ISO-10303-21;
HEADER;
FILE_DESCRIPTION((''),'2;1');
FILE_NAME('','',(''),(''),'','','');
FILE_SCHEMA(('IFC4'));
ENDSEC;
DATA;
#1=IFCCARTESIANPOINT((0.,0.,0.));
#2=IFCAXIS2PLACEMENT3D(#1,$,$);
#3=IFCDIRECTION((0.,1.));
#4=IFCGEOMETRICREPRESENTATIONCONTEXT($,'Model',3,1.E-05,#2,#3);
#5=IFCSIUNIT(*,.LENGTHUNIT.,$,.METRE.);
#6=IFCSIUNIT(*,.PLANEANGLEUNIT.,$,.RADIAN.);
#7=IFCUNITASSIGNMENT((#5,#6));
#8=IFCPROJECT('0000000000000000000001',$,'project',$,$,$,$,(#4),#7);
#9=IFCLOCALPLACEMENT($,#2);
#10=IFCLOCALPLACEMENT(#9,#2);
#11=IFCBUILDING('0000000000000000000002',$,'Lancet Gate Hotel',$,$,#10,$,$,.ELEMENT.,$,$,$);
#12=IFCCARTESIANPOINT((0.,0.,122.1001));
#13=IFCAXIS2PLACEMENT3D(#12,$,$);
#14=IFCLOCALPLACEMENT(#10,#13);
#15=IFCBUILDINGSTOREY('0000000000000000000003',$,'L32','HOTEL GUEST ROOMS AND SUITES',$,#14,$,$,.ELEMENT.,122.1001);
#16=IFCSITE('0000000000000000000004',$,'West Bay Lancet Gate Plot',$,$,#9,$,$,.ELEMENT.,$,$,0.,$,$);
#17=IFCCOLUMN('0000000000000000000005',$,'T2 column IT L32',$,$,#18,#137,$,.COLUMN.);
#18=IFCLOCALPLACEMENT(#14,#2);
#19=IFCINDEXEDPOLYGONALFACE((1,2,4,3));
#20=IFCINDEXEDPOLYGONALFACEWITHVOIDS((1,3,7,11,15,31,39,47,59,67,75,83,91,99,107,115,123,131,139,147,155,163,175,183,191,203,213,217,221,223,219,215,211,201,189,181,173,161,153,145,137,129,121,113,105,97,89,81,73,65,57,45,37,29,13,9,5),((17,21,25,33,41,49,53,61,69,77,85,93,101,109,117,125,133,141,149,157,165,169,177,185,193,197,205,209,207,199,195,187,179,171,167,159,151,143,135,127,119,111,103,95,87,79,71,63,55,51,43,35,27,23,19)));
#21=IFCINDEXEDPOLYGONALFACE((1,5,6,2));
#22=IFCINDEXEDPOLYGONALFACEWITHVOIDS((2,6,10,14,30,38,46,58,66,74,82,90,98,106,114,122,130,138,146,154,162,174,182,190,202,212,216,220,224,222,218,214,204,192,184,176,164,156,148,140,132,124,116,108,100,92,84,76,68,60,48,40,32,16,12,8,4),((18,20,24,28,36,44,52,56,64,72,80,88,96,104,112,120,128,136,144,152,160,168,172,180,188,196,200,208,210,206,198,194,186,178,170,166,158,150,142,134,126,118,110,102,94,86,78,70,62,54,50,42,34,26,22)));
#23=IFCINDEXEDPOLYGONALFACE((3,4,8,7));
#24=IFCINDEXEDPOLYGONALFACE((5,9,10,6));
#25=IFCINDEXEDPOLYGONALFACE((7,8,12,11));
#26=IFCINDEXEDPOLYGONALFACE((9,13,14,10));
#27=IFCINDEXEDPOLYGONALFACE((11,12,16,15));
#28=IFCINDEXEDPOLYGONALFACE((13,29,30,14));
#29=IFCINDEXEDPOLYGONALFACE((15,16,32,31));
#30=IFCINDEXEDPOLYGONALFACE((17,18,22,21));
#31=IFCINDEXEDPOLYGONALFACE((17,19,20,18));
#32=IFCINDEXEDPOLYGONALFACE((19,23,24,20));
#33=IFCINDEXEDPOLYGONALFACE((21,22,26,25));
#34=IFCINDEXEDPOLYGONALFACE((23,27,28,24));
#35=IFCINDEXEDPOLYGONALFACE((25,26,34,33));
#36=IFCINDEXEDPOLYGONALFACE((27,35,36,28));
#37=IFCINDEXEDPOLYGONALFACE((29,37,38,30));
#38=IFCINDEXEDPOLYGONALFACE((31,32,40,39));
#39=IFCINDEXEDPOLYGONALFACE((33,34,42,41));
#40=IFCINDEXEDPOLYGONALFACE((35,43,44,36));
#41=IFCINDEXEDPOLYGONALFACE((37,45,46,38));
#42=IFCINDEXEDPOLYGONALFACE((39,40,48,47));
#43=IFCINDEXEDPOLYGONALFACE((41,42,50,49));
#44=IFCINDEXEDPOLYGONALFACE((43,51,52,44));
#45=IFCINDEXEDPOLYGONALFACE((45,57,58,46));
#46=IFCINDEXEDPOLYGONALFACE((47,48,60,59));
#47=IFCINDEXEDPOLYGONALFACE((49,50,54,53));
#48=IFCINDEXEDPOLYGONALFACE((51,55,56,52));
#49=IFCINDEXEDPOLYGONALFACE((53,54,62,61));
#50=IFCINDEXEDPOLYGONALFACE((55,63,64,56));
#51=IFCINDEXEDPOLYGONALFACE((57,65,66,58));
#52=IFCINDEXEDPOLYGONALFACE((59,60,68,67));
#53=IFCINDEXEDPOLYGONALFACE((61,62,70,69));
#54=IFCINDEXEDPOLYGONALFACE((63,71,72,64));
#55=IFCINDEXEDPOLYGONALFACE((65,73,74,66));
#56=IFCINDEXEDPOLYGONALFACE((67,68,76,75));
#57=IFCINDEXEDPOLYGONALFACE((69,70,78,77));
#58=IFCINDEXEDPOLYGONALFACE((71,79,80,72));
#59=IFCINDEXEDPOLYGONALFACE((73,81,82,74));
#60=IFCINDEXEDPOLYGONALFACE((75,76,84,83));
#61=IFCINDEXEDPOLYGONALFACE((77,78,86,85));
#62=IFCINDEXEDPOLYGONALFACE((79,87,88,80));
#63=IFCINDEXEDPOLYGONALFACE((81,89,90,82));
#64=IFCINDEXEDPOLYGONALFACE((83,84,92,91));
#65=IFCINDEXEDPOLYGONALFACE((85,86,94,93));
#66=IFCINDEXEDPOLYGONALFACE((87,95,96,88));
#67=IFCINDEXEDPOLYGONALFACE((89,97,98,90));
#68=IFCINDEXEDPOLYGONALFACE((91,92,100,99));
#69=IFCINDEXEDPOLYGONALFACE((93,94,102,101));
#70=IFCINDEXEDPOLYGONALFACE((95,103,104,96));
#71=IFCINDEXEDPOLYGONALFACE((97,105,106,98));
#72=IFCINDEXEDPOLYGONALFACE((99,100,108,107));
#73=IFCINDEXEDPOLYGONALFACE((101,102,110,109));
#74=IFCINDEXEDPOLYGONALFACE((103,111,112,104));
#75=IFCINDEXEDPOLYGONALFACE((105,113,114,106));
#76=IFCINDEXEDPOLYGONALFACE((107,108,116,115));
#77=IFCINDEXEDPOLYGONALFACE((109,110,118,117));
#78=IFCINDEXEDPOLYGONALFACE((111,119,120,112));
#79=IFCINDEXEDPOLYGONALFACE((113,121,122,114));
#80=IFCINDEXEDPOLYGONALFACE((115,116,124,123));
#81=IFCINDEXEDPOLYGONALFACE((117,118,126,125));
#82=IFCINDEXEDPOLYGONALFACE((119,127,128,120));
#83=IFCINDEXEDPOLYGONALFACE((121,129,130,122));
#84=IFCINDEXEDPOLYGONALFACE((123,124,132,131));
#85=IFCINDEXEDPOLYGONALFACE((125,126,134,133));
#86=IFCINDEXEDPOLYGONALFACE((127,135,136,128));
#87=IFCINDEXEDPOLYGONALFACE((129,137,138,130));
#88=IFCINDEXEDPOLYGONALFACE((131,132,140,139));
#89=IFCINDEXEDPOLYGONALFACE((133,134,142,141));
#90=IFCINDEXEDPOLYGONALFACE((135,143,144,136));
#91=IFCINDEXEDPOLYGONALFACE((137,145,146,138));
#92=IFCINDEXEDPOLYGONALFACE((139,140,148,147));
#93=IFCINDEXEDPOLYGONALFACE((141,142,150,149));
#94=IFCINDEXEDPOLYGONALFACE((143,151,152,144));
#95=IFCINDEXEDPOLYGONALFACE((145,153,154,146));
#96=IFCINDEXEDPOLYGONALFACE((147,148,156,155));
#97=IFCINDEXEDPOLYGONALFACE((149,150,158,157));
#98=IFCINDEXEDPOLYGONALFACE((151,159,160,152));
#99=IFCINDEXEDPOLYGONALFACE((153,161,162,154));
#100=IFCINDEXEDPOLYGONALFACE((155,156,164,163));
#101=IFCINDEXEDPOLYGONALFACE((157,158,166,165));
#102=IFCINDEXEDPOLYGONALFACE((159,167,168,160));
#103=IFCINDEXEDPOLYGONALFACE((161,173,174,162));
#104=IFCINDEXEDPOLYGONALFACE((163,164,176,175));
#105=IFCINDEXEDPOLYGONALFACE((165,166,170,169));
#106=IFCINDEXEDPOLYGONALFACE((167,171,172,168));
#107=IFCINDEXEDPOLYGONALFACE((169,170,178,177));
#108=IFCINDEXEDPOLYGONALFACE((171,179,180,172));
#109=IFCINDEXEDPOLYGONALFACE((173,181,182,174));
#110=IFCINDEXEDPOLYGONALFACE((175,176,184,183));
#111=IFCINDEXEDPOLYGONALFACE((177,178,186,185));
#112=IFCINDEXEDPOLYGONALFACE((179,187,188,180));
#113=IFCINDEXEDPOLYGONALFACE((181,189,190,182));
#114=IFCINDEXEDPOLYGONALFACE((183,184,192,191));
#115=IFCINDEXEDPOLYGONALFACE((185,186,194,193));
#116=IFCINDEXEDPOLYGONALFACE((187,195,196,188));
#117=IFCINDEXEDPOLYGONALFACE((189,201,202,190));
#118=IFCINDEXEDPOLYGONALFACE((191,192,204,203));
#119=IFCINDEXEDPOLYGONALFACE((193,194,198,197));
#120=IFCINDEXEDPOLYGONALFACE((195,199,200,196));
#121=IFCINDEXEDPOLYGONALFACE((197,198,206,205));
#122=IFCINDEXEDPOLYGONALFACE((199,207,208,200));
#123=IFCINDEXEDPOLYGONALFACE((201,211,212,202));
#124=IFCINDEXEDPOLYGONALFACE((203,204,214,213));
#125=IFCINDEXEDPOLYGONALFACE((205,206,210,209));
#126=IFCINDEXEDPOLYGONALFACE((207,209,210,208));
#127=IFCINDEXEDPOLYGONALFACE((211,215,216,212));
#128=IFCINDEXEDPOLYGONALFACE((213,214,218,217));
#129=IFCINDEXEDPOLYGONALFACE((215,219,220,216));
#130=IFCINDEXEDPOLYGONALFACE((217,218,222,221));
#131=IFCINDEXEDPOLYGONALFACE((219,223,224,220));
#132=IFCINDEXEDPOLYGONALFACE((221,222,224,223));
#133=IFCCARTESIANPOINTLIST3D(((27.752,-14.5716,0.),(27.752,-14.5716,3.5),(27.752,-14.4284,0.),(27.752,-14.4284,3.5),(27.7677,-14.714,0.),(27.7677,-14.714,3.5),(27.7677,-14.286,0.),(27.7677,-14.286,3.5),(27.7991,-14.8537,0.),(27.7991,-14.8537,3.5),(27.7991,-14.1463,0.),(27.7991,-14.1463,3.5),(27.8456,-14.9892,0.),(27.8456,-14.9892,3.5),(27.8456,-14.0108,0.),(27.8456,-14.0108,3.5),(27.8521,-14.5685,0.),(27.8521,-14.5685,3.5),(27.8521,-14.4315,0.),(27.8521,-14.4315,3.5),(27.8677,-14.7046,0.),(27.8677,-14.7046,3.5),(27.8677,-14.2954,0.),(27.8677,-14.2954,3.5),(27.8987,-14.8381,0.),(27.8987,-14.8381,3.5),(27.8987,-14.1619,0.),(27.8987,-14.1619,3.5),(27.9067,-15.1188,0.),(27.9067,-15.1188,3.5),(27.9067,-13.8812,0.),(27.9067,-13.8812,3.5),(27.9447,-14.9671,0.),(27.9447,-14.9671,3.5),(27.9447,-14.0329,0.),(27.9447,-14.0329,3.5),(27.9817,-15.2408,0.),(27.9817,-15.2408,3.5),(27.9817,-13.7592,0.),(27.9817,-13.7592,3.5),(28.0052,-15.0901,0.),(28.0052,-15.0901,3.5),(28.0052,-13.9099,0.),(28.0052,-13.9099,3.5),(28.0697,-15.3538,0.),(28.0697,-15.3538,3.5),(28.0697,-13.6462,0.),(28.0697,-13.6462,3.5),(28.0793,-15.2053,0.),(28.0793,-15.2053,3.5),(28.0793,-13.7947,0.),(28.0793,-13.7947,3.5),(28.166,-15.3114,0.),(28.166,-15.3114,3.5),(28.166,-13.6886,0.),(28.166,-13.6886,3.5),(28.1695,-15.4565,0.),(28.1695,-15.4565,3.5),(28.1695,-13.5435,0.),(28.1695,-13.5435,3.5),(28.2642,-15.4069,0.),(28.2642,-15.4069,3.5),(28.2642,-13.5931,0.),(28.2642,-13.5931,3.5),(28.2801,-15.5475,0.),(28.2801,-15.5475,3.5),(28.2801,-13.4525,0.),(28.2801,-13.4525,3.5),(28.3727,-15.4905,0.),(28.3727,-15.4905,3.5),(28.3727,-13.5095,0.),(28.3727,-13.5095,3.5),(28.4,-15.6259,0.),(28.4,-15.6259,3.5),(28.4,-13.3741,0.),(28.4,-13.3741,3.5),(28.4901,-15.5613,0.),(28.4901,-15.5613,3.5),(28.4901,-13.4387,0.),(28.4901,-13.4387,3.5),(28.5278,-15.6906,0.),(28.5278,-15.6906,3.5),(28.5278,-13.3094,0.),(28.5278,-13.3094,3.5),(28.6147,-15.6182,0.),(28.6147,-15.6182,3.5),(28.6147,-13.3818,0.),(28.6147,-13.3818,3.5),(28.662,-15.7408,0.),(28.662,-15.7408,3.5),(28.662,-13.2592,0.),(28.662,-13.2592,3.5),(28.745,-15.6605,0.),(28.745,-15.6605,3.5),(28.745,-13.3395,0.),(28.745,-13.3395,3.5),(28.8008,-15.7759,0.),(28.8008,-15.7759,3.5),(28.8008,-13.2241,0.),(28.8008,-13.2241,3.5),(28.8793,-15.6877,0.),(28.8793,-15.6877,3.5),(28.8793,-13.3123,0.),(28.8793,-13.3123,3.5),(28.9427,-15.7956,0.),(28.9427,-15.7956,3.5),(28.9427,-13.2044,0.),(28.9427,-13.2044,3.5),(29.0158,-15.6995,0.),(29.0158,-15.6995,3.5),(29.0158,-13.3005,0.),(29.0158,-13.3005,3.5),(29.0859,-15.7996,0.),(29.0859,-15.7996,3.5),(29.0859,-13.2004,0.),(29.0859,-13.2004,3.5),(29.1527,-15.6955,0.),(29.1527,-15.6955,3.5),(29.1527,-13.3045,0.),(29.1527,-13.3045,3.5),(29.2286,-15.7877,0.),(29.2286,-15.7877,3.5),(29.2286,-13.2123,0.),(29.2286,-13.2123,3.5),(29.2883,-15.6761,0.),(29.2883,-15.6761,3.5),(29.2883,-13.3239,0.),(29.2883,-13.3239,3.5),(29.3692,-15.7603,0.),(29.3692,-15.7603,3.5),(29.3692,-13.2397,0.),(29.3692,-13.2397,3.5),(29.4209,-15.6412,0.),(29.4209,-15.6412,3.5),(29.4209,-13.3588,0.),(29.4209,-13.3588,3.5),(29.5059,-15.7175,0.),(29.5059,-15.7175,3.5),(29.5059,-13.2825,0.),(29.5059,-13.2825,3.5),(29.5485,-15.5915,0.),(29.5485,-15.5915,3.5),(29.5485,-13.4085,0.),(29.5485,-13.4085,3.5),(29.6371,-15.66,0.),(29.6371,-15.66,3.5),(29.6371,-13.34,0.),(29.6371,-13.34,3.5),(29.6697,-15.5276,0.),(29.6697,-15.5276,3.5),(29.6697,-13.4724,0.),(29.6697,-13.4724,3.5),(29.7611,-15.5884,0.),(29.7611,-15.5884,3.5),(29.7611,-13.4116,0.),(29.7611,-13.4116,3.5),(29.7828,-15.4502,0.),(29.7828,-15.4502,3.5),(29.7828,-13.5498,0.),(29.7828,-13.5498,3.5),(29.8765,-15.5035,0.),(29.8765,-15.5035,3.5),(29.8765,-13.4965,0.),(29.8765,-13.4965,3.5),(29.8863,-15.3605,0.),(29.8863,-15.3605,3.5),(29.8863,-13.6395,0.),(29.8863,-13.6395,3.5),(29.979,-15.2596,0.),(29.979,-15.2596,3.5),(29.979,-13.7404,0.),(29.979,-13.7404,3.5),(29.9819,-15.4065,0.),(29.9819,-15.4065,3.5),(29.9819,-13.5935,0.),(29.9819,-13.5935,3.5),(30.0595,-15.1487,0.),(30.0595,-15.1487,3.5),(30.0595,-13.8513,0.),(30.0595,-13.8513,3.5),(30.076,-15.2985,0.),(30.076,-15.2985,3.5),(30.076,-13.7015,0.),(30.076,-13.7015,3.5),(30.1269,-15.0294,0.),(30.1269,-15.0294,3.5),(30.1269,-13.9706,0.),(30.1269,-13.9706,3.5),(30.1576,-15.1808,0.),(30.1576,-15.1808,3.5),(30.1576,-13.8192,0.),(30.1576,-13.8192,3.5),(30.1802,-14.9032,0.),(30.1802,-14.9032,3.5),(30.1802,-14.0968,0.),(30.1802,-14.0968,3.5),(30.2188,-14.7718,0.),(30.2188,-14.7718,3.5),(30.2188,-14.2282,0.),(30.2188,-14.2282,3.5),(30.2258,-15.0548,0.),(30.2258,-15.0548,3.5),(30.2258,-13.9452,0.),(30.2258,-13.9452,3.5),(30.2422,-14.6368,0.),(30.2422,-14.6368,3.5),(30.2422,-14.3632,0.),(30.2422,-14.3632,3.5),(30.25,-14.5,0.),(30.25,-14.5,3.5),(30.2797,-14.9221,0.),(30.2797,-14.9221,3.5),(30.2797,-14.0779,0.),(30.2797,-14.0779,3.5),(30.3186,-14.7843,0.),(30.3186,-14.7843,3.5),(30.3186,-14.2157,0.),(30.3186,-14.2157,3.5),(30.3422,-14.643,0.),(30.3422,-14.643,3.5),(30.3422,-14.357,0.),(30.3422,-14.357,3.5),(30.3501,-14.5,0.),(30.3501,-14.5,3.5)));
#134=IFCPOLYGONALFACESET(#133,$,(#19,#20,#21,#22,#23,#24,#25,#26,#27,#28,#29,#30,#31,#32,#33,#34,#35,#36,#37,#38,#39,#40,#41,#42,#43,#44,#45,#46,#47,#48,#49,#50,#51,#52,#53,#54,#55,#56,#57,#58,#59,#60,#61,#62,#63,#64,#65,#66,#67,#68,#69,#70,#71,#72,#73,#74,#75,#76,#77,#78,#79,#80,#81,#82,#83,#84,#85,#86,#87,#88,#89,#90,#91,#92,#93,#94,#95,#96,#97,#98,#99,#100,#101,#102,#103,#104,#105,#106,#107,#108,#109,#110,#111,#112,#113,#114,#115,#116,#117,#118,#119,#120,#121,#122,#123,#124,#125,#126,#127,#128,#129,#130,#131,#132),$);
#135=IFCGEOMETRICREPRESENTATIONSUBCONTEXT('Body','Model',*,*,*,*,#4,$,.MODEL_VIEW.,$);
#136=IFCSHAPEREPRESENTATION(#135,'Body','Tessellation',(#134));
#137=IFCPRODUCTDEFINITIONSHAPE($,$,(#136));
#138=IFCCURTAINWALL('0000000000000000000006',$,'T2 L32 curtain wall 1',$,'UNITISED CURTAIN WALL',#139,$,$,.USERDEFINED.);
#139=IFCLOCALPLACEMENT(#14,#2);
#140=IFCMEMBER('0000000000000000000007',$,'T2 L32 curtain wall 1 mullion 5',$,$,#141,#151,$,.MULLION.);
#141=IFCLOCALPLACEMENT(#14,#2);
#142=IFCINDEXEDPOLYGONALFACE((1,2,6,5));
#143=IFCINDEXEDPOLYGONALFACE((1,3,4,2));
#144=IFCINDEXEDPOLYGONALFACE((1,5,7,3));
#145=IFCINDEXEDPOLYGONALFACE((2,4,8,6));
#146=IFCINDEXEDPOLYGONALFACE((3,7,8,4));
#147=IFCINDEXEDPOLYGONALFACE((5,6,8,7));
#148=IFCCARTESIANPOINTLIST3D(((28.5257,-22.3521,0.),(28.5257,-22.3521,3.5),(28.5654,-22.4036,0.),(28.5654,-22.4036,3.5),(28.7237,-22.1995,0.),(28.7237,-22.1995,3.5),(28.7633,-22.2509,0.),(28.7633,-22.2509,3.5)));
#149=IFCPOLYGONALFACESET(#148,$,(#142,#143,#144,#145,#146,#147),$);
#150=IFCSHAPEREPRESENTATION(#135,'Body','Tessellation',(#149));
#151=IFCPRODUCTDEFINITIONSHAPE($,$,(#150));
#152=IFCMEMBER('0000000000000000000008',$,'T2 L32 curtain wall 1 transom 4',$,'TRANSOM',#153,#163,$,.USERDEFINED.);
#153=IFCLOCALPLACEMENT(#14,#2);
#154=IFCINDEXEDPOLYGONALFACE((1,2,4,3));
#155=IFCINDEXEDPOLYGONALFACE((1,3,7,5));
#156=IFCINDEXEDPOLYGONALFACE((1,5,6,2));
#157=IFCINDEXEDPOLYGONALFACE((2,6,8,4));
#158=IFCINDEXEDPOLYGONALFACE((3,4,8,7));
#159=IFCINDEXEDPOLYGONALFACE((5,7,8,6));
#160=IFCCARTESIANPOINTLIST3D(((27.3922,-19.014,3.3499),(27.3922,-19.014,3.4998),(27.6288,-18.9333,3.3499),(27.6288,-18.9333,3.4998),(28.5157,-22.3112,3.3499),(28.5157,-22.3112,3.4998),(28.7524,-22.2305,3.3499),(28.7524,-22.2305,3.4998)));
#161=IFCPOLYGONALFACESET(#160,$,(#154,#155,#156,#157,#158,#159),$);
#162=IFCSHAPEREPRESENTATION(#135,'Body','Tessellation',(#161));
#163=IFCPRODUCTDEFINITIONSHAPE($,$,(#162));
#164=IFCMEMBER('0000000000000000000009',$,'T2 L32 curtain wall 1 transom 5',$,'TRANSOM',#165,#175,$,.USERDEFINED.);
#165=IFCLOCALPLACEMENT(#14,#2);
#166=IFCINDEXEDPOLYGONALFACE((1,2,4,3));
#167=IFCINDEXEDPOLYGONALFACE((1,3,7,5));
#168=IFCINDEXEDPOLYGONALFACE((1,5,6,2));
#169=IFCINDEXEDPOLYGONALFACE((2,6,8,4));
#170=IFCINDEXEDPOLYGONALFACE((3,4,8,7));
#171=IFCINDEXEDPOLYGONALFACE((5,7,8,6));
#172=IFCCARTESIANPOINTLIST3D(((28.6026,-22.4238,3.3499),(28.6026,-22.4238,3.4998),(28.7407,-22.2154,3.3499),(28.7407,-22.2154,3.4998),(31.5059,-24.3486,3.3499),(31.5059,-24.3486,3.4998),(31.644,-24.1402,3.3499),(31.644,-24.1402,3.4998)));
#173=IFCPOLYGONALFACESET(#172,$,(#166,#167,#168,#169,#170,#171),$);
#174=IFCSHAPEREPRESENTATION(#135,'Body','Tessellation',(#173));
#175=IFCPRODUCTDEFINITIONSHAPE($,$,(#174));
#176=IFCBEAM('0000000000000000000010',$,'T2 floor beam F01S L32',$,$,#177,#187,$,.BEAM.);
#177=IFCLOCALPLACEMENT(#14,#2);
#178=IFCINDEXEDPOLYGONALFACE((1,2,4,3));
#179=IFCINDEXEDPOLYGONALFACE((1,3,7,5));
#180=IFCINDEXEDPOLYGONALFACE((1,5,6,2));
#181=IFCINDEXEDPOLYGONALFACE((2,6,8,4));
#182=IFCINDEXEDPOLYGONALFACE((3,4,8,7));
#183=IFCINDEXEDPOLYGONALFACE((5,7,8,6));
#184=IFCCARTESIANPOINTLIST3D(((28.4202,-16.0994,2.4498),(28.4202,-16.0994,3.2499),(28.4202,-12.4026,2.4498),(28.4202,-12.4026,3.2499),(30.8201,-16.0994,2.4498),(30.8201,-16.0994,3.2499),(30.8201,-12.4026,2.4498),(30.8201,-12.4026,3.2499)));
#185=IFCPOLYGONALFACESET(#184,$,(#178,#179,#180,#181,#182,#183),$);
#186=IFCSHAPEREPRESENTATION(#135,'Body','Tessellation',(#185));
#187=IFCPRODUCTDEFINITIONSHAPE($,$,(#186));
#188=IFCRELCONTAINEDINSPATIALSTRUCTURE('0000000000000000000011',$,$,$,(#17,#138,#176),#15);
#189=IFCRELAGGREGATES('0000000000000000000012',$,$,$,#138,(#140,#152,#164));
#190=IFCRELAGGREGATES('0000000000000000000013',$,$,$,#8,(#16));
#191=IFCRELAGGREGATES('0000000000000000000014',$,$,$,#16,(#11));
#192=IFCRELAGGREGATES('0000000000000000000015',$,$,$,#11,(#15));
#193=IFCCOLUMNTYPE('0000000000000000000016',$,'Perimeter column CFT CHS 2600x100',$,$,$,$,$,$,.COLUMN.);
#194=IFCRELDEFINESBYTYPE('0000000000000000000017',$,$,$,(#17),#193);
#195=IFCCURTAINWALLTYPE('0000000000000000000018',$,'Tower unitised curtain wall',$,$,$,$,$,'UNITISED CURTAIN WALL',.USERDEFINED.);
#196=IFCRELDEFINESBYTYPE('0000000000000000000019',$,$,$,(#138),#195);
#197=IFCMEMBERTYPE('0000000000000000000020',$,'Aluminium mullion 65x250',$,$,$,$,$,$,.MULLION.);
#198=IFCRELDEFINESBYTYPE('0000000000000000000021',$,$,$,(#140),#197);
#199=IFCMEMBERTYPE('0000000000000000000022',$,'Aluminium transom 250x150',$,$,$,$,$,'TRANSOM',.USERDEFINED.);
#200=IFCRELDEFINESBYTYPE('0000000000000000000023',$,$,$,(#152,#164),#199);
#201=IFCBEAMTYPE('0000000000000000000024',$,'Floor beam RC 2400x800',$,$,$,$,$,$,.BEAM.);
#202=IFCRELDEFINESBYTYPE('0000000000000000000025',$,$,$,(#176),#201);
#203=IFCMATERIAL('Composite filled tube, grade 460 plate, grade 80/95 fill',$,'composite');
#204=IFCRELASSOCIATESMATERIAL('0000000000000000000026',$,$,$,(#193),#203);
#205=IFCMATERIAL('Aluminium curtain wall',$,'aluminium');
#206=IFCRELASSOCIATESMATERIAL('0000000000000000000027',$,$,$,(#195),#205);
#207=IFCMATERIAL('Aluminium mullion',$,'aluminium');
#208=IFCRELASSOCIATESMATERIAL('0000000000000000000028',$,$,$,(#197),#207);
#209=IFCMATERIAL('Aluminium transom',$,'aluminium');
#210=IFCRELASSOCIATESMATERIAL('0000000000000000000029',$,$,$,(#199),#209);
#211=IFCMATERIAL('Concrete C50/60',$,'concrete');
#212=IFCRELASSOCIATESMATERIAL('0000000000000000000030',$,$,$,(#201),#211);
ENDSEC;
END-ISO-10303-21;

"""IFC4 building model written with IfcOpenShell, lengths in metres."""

from ifc_helpers import new_model, si_unit, direction, frame, origin, origin_2d, place, context, subcontext, project, spatial, rectangle, hollow_circle, extrude, material, material_profile, profile_set, type_object, element, aggregate, save


model = new_model("IFC4")

# Units and contexts
model_context = context("Model", 3, precision=1e-05, world=origin(), true_north=direction((0.0, 1.0)))
body_context = subcontext(model_context, "Body", "Model", "MODEL_VIEW")
ifc_project = project(units=[si_unit("LENGTHUNIT", "METRE"), si_unit("PLANEANGLEUNIT", "RADIAN")], contexts=[model_context])

# Site, building, storey
site_placement = place(None, origin())
site = spatial("IfcSite", under=ifc_project, at=site_placement, Name="West Bay Lancet Gate Plot", CompositionType="ELEMENT", RefElevation=0.0)
building_placement = place(site_placement, origin())
building = spatial("IfcBuilding", under=site, at=building_placement, Name="Lancet Gate Hotel", CompositionType="ELEMENT")
storey_placement = place(building_placement, frame((0.0, 0.0, 122.1001)))
storey = spatial("IfcBuildingStorey", under=building, at=storey_placement, Name="L32", Description="HOTEL GUEST ROOMS AND SUITES", CompositionType="ELEMENT", Elevation=122.1001)

# Column
ifc_material_1 = material(Name="Composite filled tube, grade 460 plate, grade 80/95 fill", Category="composite")
ifc_material_profile_1 = material_profile(ifc_material_1, hollow_circle(Radius=1.3, WallThickness=0.1001, at=origin_2d()), Name="CHS 2600x100")
ifc_profile_set_1 = profile_set([ifc_material_profile_1], Name="Composite filled tube, grade 460 plate, grade 80/95 fill")
column_type = type_object("IfcColumnType", Name="Perimeter column CFT CHS 2600x100", PredefinedType="COLUMN", material=ifc_profile_set_1)
for number, where, z_axis, x_axis, name in (
    (1, (29.05, -14.5, 0.0), (0.0, 0.0, 1.0), (1.0, 0.0, 0.0), "T2 column IT L32"),
):
    element("IfcColumn", number, at=place(storey_placement, frame(where, z_axis=z_axis, x_axis=x_axis)), inside=storey, type_object=column_type, Name=name, PredefinedType="COLUMN", context=body_context, shape_type="SweptSolid", body=[
        extrude(hollow_circle(Radius=1.3, WallThickness=0.1001, at=origin_2d()), origin(), (0.0, 0.0, 1.0), 3.5),
    ])

# Curtain wall, members
ifc_material_2 = material(Name="Aluminium curtain wall", Category="aluminium")
curtain_wall_type = type_object("IfcCurtainWallType", Name="Tower unitised curtain wall", ElementType="UNITISED CURTAIN WALL", PredefinedType="USERDEFINED", material=ifc_material_2)
curtain_wall_placement = place(storey_placement, origin())
curtain_wall = element("IfcCurtainWall", 2, at=curtain_wall_placement, inside=storey, type_object=curtain_wall_type, Name="T2 L32 curtain wall 1", ObjectType="UNITISED CURTAIN WALL", PredefinedType="USERDEFINED")
ifc_material_3 = material(Name="Aluminium mullion", Category="aluminium")
ifc_material_profile_2 = material_profile(ifc_material_3, rectangle(XDim=0.0649, YDim=0.25, at=origin_2d()), Name="MULLION 65x250")
ifc_profile_set_2 = profile_set([ifc_material_profile_2], Name="Aluminium mullion")
member_type_1 = type_object("IfcMemberType", Name="Aluminium mullion 65x250", PredefinedType="MULLION", material=ifc_profile_set_2)
member_1_placement = place(storey_placement, frame((28.6445, -22.3015, 0.0), z_axis=(0.0, 0.0, 1.0), x_axis=(0.610664, -0.79189, 0.0)))
member_1 = element("IfcMember", 3, at=member_1_placement, type_object=member_type_1, Name="T2 L32 curtain wall 1 mullion 5", PredefinedType="MULLION", context=body_context, shape_type="SweptSolid", body=[
    extrude(rectangle(XDim=0.0649, YDim=0.25, at=origin_2d()), origin(), (0.0, 0.0, 1.0), 3.5),
])
ifc_material_4 = material(Name="Aluminium transom", Category="aluminium")
ifc_material_profile_3 = material_profile(ifc_material_4, rectangle(XDim=0.25, YDim=0.1499, at=origin_2d()), Name="TRANSOM 250x150")
ifc_profile_set_3 = profile_set([ifc_material_profile_3], Name="Aluminium transom")
member_type_2 = type_object("IfcMemberType", Name="Aluminium transom 250x150", ElementType="TRANSOM", PredefinedType="USERDEFINED", material=ifc_profile_set_3)
member_2_placement = place(storey_placement, frame((27.5105, -18.9736, 3.4248), z_axis=(0.32255, -0.946553, 0.0), x_axis=(0.946553, 0.32255, 0.0)))
member_2 = element("IfcMember", 4, at=member_2_placement, type_object=member_type_2, Name="T2 L32 curtain wall 1 transom 4", ObjectType="TRANSOM", PredefinedType="USERDEFINED", context=body_context, shape_type="SweptSolid", body=[
    extrude(rectangle(XDim=0.25, YDim=0.1499, at=origin_2d()), origin(), (0.0, 0.0, 1.0), 3.4834),
])
member_3_placement = place(storey_placement, frame((28.6716, -22.3196, 3.4248), z_axis=(0.833471, -0.552563, 0.0), x_axis=(0.552563, 0.833471, 0.0)))
member_3 = element("IfcMember", 5, at=member_3_placement, type_object=member_type_2, Name="T2 L32 curtain wall 1 transom 5", ObjectType="TRANSOM", PredefinedType="USERDEFINED", context=body_context, shape_type="SweptSolid", body=[
    extrude(rectangle(XDim=0.25, YDim=0.1499, at=origin_2d()), origin(), (0.0, 0.0, 1.0), 3.4834),
])

# Beam
ifc_material_5 = material(Name="Concrete C50/60", Category="concrete")
ifc_material_profile_4 = material_profile(ifc_material_5, rectangle(XDim=2.3999, YDim=0.8, at=origin_2d()), Name="RC 2400x800")
ifc_profile_set_4 = profile_set([ifc_material_profile_4], Name="Concrete C50/60")
beam_type_1 = type_object("IfcBeamType", Name="Floor beam RC 2400x800", PredefinedType="BEAM", material=ifc_profile_set_4)
beam_1_placement = place(storey_placement, frame((29.6201, -16.0994, 2.8499), z_axis=(0.0, 1.0, 0.0), x_axis=(-1.0, 0.0, 0.0)))
element("IfcBeam", 6, at=beam_1_placement, inside=storey, type_object=beam_type_1, Name="T2 floor beam F01S L32", PredefinedType="BEAM", context=body_context, shape_type="SweptSolid", body=[
    extrude(rectangle(XDim=2.3999, YDim=0.8, at=origin_2d()), origin(), (0.0, 0.0, 1.0), 3.6968),
])

aggregate(curtain_wall, [member_1, member_2, member_3])

save(model, "model.ifc")
